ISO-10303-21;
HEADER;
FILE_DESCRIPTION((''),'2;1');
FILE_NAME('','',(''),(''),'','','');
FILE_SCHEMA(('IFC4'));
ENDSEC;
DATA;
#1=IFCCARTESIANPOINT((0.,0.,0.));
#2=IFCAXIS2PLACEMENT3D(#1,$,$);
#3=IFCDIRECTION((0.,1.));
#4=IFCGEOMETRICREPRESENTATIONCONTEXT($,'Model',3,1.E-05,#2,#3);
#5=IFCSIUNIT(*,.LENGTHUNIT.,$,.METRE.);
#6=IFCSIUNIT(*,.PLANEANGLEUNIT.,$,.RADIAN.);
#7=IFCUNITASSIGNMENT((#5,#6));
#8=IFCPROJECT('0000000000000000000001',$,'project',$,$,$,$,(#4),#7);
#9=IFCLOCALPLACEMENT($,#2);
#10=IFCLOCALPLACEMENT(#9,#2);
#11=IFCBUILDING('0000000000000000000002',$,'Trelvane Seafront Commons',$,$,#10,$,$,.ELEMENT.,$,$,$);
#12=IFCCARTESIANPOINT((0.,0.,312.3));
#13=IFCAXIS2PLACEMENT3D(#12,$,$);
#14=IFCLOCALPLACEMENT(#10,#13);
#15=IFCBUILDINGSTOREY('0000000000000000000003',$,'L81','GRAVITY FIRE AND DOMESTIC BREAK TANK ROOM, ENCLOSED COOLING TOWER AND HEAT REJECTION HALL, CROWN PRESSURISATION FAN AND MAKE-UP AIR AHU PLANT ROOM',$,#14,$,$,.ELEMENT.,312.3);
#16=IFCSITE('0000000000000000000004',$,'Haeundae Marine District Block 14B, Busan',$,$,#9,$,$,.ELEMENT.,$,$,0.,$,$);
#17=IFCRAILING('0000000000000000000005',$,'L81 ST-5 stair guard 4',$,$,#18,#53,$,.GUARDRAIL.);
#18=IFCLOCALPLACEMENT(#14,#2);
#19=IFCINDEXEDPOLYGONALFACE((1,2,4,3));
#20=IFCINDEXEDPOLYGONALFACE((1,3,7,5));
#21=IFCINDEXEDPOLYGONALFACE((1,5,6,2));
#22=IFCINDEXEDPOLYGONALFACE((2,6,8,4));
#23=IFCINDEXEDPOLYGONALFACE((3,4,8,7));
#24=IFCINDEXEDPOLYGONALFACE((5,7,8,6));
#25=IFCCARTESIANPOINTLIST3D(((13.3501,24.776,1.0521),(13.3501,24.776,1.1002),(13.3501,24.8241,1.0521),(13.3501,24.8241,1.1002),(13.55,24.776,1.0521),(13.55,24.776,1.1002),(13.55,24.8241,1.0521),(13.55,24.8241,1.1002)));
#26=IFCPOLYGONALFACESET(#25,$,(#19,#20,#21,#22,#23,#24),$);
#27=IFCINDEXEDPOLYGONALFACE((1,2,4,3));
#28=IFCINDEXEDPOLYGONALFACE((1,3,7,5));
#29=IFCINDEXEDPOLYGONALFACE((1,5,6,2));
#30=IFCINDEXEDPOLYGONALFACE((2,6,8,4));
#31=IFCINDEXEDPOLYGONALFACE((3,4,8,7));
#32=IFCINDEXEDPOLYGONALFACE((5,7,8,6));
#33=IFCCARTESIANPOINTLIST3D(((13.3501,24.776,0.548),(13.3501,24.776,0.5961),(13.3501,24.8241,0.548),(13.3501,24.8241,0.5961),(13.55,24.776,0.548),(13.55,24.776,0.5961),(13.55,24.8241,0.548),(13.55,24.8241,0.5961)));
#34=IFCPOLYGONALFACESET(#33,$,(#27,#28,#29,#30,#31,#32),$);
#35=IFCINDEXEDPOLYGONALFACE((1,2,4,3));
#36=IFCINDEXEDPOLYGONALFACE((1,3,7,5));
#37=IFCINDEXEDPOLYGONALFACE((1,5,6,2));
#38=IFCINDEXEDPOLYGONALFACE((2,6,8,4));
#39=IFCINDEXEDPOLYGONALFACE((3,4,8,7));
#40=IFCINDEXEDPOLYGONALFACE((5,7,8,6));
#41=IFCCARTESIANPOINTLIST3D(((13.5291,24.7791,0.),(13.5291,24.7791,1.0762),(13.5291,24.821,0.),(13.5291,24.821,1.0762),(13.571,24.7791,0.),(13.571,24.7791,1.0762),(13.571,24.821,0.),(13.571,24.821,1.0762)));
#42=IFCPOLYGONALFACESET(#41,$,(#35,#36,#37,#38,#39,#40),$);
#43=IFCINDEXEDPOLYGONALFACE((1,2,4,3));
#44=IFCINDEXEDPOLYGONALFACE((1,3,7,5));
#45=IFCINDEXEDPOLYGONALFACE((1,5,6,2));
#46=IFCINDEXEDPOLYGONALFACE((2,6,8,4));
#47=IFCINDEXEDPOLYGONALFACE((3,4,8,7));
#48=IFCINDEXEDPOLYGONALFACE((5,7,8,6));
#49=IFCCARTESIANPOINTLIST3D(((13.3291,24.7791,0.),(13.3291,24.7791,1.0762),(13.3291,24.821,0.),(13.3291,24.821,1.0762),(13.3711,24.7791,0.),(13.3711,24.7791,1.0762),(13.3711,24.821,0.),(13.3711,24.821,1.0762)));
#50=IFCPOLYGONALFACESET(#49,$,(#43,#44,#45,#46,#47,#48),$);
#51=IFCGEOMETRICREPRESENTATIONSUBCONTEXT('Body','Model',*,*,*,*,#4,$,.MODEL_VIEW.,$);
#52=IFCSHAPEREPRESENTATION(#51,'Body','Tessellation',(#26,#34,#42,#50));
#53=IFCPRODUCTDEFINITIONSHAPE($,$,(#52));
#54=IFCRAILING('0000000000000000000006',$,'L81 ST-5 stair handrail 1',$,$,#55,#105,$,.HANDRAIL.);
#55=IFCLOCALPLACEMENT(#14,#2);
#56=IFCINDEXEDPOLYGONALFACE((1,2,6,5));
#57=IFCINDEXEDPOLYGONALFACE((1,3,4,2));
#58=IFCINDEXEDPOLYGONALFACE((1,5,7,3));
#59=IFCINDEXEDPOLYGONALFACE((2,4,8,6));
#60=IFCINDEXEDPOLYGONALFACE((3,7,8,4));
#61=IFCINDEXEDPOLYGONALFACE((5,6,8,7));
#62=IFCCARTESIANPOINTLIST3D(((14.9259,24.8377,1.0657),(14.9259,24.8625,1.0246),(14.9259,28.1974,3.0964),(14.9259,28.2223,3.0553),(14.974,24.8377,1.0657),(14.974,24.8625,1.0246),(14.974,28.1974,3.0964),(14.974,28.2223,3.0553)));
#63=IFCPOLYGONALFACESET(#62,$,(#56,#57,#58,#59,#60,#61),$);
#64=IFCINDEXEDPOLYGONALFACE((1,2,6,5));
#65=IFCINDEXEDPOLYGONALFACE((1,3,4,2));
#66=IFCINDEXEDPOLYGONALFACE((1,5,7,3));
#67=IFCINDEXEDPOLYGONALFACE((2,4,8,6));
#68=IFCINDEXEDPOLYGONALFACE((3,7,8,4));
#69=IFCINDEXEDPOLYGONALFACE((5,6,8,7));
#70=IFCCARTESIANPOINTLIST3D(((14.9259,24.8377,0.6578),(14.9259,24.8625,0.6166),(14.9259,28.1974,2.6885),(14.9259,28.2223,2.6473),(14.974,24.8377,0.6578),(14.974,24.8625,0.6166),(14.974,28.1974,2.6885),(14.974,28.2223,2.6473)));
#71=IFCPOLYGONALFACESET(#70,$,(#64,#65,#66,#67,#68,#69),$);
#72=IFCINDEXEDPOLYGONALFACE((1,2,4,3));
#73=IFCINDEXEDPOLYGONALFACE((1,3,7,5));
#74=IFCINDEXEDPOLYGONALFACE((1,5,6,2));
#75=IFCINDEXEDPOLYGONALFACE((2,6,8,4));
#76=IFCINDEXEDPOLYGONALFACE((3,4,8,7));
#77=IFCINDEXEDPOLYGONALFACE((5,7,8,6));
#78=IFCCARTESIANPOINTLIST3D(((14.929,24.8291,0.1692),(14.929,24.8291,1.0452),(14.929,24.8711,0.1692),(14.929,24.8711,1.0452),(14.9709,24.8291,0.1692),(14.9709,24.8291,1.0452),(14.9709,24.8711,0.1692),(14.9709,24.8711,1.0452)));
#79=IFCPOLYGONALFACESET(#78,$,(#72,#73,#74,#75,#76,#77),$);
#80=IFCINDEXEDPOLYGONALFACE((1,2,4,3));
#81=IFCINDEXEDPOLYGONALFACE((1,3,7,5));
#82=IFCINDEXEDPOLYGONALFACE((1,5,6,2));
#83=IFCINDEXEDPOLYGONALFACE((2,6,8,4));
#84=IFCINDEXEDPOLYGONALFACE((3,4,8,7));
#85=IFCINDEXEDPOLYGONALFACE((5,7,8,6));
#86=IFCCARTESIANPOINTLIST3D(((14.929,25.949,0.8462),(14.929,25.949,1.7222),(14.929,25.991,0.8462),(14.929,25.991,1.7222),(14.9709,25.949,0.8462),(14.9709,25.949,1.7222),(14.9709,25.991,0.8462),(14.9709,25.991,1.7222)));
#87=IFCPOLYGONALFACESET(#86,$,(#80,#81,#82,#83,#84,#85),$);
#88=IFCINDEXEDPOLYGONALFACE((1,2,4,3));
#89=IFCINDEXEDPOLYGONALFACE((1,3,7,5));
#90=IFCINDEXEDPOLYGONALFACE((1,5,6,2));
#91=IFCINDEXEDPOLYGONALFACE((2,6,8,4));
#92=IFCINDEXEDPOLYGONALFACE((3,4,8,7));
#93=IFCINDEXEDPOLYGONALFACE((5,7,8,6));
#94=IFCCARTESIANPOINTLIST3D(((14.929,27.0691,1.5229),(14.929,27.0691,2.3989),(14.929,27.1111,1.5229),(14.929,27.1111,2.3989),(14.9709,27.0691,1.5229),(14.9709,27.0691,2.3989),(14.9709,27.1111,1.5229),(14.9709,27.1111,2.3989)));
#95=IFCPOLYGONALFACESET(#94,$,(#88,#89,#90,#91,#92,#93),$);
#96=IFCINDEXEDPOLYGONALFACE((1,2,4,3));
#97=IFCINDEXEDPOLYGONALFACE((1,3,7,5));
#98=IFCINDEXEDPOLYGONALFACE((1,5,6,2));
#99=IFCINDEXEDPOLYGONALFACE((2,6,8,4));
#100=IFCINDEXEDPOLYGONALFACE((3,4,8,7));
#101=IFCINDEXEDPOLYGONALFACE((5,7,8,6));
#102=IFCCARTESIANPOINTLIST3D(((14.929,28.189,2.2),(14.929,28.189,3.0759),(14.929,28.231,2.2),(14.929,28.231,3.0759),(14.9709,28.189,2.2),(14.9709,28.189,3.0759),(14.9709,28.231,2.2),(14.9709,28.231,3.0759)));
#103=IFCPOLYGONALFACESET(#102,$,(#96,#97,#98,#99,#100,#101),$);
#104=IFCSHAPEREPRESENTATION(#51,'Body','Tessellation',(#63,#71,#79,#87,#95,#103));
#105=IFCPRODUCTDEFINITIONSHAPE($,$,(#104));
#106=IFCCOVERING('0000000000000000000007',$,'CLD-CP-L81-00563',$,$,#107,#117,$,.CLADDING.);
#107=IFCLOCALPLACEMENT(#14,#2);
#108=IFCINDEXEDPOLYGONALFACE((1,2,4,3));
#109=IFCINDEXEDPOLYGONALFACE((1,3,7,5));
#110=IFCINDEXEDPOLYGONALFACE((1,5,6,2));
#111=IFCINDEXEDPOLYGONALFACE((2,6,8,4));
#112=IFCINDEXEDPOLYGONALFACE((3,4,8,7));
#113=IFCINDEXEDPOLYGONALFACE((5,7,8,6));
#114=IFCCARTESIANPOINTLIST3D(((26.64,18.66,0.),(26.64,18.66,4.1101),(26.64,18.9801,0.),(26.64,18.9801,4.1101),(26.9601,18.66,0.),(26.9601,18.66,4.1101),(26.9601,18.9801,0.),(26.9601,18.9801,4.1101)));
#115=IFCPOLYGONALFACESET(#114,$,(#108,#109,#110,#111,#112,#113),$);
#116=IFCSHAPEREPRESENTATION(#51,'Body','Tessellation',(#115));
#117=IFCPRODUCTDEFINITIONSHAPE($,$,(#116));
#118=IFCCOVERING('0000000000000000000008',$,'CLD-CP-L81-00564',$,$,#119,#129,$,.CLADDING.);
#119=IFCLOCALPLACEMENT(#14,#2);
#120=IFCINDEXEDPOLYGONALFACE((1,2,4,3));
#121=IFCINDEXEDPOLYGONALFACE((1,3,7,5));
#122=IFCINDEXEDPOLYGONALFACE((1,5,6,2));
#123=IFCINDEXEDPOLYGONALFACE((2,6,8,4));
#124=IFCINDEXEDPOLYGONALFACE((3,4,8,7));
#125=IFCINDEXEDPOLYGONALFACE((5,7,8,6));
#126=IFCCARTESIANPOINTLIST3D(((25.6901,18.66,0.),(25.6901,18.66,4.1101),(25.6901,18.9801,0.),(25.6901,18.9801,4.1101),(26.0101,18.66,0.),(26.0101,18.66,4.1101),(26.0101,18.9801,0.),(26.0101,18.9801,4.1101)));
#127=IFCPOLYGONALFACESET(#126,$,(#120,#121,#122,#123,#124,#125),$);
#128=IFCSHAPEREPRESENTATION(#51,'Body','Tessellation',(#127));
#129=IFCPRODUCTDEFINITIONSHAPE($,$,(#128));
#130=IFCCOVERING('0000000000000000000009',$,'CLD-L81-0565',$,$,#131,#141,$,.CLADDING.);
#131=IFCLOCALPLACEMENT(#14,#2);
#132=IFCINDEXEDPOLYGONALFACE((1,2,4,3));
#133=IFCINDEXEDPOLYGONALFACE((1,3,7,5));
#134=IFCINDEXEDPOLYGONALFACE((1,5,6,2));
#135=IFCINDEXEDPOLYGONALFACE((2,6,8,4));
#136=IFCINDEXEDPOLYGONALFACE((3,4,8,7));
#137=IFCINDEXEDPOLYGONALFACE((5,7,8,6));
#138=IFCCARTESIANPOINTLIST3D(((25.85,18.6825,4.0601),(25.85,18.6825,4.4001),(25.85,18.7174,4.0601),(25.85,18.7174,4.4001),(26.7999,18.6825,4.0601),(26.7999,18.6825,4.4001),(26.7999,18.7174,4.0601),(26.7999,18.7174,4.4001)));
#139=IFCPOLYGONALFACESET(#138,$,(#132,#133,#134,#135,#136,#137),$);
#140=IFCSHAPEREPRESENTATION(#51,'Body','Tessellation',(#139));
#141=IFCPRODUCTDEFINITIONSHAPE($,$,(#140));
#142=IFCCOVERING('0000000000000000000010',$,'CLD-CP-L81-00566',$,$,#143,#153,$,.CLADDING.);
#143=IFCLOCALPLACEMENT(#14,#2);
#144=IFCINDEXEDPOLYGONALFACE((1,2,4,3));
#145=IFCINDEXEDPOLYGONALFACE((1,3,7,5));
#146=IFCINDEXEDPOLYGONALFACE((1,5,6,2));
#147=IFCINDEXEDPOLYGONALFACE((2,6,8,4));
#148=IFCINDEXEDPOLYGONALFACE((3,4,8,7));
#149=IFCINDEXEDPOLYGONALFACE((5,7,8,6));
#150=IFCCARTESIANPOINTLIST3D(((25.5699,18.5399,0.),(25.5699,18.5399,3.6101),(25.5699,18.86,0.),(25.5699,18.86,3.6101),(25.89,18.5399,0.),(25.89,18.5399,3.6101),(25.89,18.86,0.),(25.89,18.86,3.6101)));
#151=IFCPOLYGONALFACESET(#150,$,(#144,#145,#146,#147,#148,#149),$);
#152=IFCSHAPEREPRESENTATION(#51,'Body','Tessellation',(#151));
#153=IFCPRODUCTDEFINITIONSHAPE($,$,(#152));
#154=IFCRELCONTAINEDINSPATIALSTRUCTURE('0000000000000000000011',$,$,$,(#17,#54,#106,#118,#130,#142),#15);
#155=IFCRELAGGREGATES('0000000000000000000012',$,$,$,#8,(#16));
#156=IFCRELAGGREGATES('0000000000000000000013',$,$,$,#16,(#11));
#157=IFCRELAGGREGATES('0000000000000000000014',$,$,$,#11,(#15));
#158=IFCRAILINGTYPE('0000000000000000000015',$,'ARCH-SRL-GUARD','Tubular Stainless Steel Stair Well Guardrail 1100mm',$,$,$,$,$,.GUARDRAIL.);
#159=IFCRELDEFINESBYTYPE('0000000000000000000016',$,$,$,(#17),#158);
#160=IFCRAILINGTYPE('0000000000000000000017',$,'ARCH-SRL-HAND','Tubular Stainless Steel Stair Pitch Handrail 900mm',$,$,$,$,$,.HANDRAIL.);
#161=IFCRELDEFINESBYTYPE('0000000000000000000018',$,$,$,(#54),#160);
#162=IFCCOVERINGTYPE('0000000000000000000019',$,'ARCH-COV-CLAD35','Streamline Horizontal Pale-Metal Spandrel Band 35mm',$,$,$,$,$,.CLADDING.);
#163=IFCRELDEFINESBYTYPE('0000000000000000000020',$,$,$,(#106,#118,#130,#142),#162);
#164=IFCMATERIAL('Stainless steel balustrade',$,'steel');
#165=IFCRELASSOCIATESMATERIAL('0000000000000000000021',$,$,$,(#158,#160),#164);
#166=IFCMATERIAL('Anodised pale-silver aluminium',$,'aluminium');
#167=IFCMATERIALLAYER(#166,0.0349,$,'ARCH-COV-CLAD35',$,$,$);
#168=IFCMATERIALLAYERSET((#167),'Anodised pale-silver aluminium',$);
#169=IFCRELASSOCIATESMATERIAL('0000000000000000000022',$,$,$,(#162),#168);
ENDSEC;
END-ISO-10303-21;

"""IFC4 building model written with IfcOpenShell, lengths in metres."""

from ifc_helpers import new_model, si_unit, direction, frame, origin, origin_2d, place, context, subcontext, project, spatial, rectangle, extrude, source, transform, mapped, material, layer, layer_set, type_object, element, save


model = new_model("IFC4")

# Units and contexts
model_context = context("Model", 3, precision=1e-05, world=origin(), true_north=direction((0.0, 1.0)))
body_context = subcontext(model_context, "Body", "Model", "MODEL_VIEW")
ifc_project = project(units=[si_unit("LENGTHUNIT", "METRE"), si_unit("PLANEANGLEUNIT", "RADIAN")], contexts=[model_context])

# Site, building, storey
site_placement = place(None, origin())
site = spatial("IfcSite", under=ifc_project, at=site_placement, Name="Haeundae Marine District Block 14B, Busan", CompositionType="ELEMENT", RefElevation=0.0)
building_placement = place(site_placement, origin())
building = spatial("IfcBuilding", under=site, at=building_placement, Name="Trelvane Seafront Commons", CompositionType="ELEMENT")
storey_placement = place(building_placement, frame((0.0, 0.0, 312.3)))
storey = spatial("IfcBuildingStorey", under=building, at=storey_placement, Name="L81", Description="GRAVITY FIRE AND DOMESTIC BREAK TANK ROOM, ENCLOSED COOLING TOWER AND HEAT REJECTION HALL, CROWN PRESSURISATION FAN AND MAKE-UP AIR AHU PLANT ROOM", CompositionType="ELEMENT", Elevation=312.3)

# Shared definitions
ifc_material_1 = material(Name="Anodised pale-silver aluminium", Category="aluminium")

# Railings
ifc_material_2 = material(Name="Stainless steel balustrade", Category="steel")
railing_type_1 = type_object("IfcRailingType", Name="ARCH-SRL-GUARD", Description="Tubular Stainless Steel Stair Well Guardrail 1100mm", PredefinedType="GUARDRAIL", material=ifc_material_2)
for number, where, name in (
    (1, (13.55, 24.8, 0.0), "L81 ST-5 stair guard 4"),
):
    element("IfcRailing", number, at=place(storey_placement, frame(where)), inside=storey, type_object=railing_type_1, Name=name, PredefinedType="GUARDRAIL", context=body_context, shape_type="SweptSolid", body=[
        extrude(rectangle(XDim=0.0481, YDim=0.0481, at=origin_2d()), frame((0.0, 0.0, 1.0762), z_axis=(-1.0, 0.0, 0.0), x_axis=(0.0, -1.0, 0.0)), (0.0, 0.0, 1.0), 0.2),
        extrude(rectangle(XDim=0.0481, YDim=0.0481, at=origin_2d()), frame((0.0, 0.0, 0.572), z_axis=(-1.0, 0.0, 0.0), x_axis=(0.0, -1.0, 0.0)), (0.0, 0.0, 1.0), 0.2),
        extrude(rectangle(XDim=0.042, YDim=0.042, at=origin_2d()), origin(), (0.0, 0.0, 1.0), 1.0762),
        extrude(rectangle(XDim=0.042, YDim=0.042, at=origin_2d()), frame((-0.2, 0.0, 0.0)), (0.0, 0.0, 1.0), 1.0762),
    ])
railing_type_2 = type_object("IfcRailingType", Name="ARCH-SRL-HAND", Description="Tubular Stainless Steel Stair Pitch Handrail 900mm", PredefinedType="HANDRAIL", material=ifc_material_2)
railing_1_placement = place(storey_placement, frame((14.95, 24.8501, 0.1692)))
element("IfcRailing", 2, at=railing_1_placement, inside=storey, type_object=railing_type_2, Name="L81 ST-5 stair handrail 1", PredefinedType="HANDRAIL", context=body_context, shape_type="SweptSolid", body=[
    extrude(rectangle(XDim=0.0481, YDim=0.0481, at=origin_2d()), frame((0.0, 0.0, 0.876), z_axis=(0.0, 0.85582, 0.517273), x_axis=(-1.0, 0.0, 0.0)), (0.0, 0.0, 1.0), 3.9258),
    extrude(rectangle(XDim=0.0481, YDim=0.0481, at=origin_2d()), frame((0.0, 0.0, 0.468), z_axis=(0.0, 0.85582, 0.517273), x_axis=(-1.0, 0.0, 0.0)), (0.0, 0.0, 1.0), 3.9258),
    extrude(rectangle(XDim=0.042, YDim=0.042, at=origin_2d()), origin(), (0.0, 0.0, 1.0), 0.876),
    extrude(rectangle(XDim=0.042, YDim=0.042, at=origin_2d()), frame((0.0, 1.1199, 0.677)), (0.0, 0.0, 1.0), 0.876),
    extrude(rectangle(XDim=0.042, YDim=0.042, at=origin_2d()), frame((0.0, 2.24, 1.3538)), (0.0, 0.0, 1.0), 0.876),
    extrude(rectangle(XDim=0.042, YDim=0.042, at=origin_2d()), frame((0.0, 3.3599, 2.0308)), (0.0, 0.0, 1.0), 0.876),
])

# Coverings
ifc_layer_1 = layer(ifc_material_1, 0.0349, Name="ARCH-COV-CLAD35")
ifc_layer_set_1 = layer_set([ifc_layer_1], Name="Anodised pale-silver aluminium")
covering_type = type_object("IfcCoveringType", Name="ARCH-COV-CLAD35", Description="Streamline Horizontal Pale-Metal Spandrel Band 35mm", PredefinedType="CLADDING", material=ifc_layer_set_1)
shared_shape_1 = source(origin(), body_context, "Body", "SweptSolid", [
    extrude(rectangle(XDim=0.3201, YDim=0.3201, at=origin_2d()), origin(), (0.0, 0.0, 1.0), 4.1101),
])
for number, where, z_axis, x_axis, name in (
    (3, (26.8, 18.8201, 0.0), (0.0, 0.0, 1.0), (1.0, 0.0, 0.0), "CLD-CP-L81-00563"),
    (4, (25.8501, 18.8201, 0.0), (0.0, 0.0, 1.0), (1.0, 0.0, 0.0), "CLD-CP-L81-00564"),
):
    element("IfcCovering", number, at=place(storey_placement, frame(where, z_axis=z_axis, x_axis=x_axis)), inside=storey, type_object=covering_type, Name=name, PredefinedType="CLADDING", context=body_context, shape_type="MappedRepresentation", body=[
        mapped(shared_shape_1, transform((0.0, 0.0, 0.0), x_axis=(1.0, 0.0, 0.0), y_axis=(0.0, 1.0, 0.0), z_axis=(0.0, 0.0, 1.0), scale=1.0)),
    ])
shared_shape_2 = source(origin(), body_context, "Body", "SweptSolid", [
    extrude(rectangle(XDim=0.95, YDim=0.0349, at=origin_2d()), origin(), (0.0, 0.0, 1.0), 0.3401),
])
covering_1_placement = place(storey_placement, frame((26.325, 18.7, 4.0601), z_axis=(0.0, 0.0, 1.0), x_axis=(-1.0, 0.0, 0.0)))
element("IfcCovering", 5, at=covering_1_placement, inside=storey, type_object=covering_type, Name="CLD-L81-0565", PredefinedType="CLADDING", context=body_context, shape_type="MappedRepresentation", body=[
    mapped(shared_shape_2, transform((0.0, 0.0, 0.0), x_axis=(1.0, 0.0, 0.0), y_axis=(0.0, 1.0, 0.0), z_axis=(0.0, 0.0, 1.0), scale=1.0)),
])
shared_shape_3 = source(origin(), body_context, "Body", "SweptSolid", [
    extrude(rectangle(XDim=0.3201, YDim=0.3201, at=origin_2d()), origin(), (0.0, 0.0, 1.0), 3.6101),
])
covering_2_placement = place(storey_placement, frame((25.73, 18.7, 0.0), z_axis=(0.0, 0.0, 1.0), x_axis=(1.0, 0.0, 0.0)))
element("IfcCovering", 6, at=covering_2_placement, inside=storey, type_object=covering_type, Name="CLD-CP-L81-00566", PredefinedType="CLADDING", context=body_context, shape_type="MappedRepresentation", body=[
    mapped(shared_shape_3, transform((0.0, 0.0, 0.0), x_axis=(1.0, 0.0, 0.0), y_axis=(0.0, 1.0, 0.0), z_axis=(0.0, 0.0, 1.0), scale=1.0)),
])

save(model, "model.ifc")
